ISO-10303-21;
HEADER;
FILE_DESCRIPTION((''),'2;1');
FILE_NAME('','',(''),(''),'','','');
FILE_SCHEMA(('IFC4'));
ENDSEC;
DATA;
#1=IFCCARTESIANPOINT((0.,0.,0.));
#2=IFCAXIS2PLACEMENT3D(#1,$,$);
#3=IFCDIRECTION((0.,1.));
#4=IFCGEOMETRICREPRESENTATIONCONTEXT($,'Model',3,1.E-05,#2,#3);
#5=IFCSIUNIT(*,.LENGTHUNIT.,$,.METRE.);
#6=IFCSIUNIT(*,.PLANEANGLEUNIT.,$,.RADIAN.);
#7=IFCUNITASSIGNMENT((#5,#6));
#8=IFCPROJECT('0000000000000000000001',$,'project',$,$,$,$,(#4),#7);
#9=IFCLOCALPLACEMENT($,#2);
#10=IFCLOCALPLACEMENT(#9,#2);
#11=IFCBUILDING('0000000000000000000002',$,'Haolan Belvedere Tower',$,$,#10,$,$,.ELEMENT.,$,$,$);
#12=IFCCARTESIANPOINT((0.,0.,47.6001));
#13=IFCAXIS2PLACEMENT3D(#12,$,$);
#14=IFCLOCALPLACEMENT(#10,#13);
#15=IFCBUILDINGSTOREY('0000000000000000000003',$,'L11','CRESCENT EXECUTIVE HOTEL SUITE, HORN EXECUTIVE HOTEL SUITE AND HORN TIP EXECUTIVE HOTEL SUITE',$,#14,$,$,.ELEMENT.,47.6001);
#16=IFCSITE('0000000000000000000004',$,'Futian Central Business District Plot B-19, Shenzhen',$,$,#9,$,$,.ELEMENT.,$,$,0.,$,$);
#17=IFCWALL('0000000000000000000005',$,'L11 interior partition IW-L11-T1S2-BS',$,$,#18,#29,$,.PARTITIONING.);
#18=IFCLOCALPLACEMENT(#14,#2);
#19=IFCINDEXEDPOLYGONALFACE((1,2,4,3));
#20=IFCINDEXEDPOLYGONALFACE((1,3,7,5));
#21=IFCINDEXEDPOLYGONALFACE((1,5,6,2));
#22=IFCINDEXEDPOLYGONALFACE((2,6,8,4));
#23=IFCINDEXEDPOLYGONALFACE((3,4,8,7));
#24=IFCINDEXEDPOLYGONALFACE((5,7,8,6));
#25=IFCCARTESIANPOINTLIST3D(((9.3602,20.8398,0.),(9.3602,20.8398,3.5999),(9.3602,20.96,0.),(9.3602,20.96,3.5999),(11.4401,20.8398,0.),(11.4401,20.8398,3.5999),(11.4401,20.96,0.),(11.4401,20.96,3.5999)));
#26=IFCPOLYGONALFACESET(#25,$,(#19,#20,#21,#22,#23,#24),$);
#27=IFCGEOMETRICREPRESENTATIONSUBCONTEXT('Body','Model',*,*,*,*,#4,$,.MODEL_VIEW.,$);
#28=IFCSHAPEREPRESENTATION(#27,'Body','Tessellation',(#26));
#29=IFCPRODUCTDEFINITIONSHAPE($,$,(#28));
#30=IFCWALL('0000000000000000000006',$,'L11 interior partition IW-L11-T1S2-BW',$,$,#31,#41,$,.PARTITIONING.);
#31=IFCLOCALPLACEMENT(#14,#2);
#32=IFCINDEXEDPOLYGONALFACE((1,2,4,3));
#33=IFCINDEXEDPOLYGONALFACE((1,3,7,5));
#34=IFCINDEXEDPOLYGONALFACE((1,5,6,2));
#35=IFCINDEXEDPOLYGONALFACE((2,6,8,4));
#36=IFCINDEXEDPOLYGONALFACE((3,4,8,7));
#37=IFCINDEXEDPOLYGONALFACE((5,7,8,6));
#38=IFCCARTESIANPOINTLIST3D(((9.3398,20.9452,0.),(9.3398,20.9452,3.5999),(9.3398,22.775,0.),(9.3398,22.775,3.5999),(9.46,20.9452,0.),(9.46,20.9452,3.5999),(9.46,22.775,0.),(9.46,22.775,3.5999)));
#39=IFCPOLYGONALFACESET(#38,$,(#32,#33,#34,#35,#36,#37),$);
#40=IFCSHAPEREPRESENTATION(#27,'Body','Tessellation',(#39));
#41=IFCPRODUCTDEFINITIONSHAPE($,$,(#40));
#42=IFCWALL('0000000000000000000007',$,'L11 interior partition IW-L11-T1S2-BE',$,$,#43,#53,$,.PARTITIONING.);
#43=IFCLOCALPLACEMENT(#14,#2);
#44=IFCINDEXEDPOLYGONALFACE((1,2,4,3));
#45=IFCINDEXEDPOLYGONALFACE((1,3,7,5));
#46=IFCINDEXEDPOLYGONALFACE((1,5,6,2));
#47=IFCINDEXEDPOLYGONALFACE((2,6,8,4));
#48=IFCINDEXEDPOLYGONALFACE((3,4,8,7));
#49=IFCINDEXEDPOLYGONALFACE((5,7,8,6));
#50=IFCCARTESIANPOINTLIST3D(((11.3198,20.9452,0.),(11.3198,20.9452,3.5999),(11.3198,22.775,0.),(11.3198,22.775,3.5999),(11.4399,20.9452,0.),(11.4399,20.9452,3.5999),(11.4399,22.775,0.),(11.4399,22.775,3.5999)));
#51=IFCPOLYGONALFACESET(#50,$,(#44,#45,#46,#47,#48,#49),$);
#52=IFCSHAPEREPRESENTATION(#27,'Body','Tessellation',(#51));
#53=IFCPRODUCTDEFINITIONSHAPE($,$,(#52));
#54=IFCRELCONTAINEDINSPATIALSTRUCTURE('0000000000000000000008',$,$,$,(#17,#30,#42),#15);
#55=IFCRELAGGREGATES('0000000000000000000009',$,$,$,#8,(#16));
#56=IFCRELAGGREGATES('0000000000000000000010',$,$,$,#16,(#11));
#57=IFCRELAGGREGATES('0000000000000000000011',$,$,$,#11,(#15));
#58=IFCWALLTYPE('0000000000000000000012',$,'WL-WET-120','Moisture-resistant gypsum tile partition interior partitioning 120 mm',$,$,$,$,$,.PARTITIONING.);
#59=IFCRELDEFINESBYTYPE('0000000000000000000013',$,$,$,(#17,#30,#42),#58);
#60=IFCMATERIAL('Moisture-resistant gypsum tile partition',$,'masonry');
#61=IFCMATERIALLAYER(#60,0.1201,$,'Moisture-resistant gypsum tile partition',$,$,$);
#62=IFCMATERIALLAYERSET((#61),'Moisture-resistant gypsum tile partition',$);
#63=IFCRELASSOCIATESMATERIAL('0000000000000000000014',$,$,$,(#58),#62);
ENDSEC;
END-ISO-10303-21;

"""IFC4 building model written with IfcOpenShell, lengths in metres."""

from ifc_helpers import new_model, si_unit, direction, frame, frame_2d, origin, place, context, subcontext, project, spatial, rectangle, extrude, material, layer, layer_set, type_object, element, save


model = new_model("IFC4")

# Units and contexts
model_context = context("Model", 3, precision=1e-05, world=origin(), true_north=direction((0.0, 1.0)))
body_context = subcontext(model_context, "Body", "Model", "MODEL_VIEW")
ifc_project = project(units=[si_unit("LENGTHUNIT", "METRE"), si_unit("PLANEANGLEUNIT", "RADIAN")], contexts=[model_context])

# Site, building, storey
site_placement = place(None, origin())
site = spatial("IfcSite", under=ifc_project, at=site_placement, Name="Futian Central Business District Plot B-19, Shenzhen", CompositionType="ELEMENT", RefElevation=0.0)
building_placement = place(site_placement, origin())
building = spatial("IfcBuilding", under=site, at=building_placement, Name="Haolan Belvedere Tower", CompositionType="ELEMENT")
storey_placement = place(building_placement, frame((0.0, 0.0, 47.6001)))
storey = spatial("IfcBuildingStorey", under=building, at=storey_placement, Name="L11", Description="CRESCENT EXECUTIVE HOTEL SUITE, HORN EXECUTIVE HOTEL SUITE AND HORN TIP EXECUTIVE HOTEL SUITE", CompositionType="ELEMENT", Elevation=47.6001)

# Shared definitions
ifc_material_1 = material(Name="Moisture-resistant gypsum tile partition", Category="masonry")
ifc_layer_1 = layer(ifc_material_1, 0.1201, Name="Moisture-resistant gypsum tile partition")
ifc_layer_set_1 = layer_set([ifc_layer_1], Name="Moisture-resistant gypsum tile partition")
wall_type_1 = type_object("IfcWallType", Name="WL-WET-120", Description="Moisture-resistant gypsum tile partition interior partitioning 120 mm", PredefinedType="PARTITIONING", material=ifc_layer_set_1)

# Walls
wall_1_placement = place(storey_placement, frame((9.3601, 20.8999, 0.0), z_axis=(0.0, 0.0, 1.0), x_axis=(1.0, 0.0, 0.0)))
element("IfcWall", 1, at=wall_1_placement, inside=storey, type_object=wall_type_1, Name="L11 interior partition IW-L11-T1S2-BS", PredefinedType="PARTITIONING", context=body_context, shape_type="SweptSolid", body=[
    extrude(rectangle(XDim=2.0798, YDim=0.1201, at=frame_2d((1.04, 0.0))), origin(), (0.0, 0.0, 1.0), 3.5999),
])
for number, where, z_axis, x_axis, name in (
    (2, (9.3999, 20.9451, 0.0), (0.0, 0.0, 1.0), (0.0, 1.0, 0.0), "L11 interior partition IW-L11-T1S2-BW"),
    (3, (11.3799, 20.9451, 0.0), (0.0, 0.0, 1.0), (0.0, 1.0, 0.0), "L11 interior partition IW-L11-T1S2-BE"),
):
    element("IfcWall", number, at=place(storey_placement, frame(where, z_axis=z_axis, x_axis=x_axis)), inside=storey, type_object=wall_type_1, Name=name, PredefinedType="PARTITIONING", context=body_context, shape_type="SweptSolid", body=[
        extrude(rectangle(XDim=1.8298, YDim=0.1201, at=frame_2d((0.915, 0.0))), origin(), (0.0, 0.0, 1.0), 3.5999),
    ])

save(model, "model.ifc")
